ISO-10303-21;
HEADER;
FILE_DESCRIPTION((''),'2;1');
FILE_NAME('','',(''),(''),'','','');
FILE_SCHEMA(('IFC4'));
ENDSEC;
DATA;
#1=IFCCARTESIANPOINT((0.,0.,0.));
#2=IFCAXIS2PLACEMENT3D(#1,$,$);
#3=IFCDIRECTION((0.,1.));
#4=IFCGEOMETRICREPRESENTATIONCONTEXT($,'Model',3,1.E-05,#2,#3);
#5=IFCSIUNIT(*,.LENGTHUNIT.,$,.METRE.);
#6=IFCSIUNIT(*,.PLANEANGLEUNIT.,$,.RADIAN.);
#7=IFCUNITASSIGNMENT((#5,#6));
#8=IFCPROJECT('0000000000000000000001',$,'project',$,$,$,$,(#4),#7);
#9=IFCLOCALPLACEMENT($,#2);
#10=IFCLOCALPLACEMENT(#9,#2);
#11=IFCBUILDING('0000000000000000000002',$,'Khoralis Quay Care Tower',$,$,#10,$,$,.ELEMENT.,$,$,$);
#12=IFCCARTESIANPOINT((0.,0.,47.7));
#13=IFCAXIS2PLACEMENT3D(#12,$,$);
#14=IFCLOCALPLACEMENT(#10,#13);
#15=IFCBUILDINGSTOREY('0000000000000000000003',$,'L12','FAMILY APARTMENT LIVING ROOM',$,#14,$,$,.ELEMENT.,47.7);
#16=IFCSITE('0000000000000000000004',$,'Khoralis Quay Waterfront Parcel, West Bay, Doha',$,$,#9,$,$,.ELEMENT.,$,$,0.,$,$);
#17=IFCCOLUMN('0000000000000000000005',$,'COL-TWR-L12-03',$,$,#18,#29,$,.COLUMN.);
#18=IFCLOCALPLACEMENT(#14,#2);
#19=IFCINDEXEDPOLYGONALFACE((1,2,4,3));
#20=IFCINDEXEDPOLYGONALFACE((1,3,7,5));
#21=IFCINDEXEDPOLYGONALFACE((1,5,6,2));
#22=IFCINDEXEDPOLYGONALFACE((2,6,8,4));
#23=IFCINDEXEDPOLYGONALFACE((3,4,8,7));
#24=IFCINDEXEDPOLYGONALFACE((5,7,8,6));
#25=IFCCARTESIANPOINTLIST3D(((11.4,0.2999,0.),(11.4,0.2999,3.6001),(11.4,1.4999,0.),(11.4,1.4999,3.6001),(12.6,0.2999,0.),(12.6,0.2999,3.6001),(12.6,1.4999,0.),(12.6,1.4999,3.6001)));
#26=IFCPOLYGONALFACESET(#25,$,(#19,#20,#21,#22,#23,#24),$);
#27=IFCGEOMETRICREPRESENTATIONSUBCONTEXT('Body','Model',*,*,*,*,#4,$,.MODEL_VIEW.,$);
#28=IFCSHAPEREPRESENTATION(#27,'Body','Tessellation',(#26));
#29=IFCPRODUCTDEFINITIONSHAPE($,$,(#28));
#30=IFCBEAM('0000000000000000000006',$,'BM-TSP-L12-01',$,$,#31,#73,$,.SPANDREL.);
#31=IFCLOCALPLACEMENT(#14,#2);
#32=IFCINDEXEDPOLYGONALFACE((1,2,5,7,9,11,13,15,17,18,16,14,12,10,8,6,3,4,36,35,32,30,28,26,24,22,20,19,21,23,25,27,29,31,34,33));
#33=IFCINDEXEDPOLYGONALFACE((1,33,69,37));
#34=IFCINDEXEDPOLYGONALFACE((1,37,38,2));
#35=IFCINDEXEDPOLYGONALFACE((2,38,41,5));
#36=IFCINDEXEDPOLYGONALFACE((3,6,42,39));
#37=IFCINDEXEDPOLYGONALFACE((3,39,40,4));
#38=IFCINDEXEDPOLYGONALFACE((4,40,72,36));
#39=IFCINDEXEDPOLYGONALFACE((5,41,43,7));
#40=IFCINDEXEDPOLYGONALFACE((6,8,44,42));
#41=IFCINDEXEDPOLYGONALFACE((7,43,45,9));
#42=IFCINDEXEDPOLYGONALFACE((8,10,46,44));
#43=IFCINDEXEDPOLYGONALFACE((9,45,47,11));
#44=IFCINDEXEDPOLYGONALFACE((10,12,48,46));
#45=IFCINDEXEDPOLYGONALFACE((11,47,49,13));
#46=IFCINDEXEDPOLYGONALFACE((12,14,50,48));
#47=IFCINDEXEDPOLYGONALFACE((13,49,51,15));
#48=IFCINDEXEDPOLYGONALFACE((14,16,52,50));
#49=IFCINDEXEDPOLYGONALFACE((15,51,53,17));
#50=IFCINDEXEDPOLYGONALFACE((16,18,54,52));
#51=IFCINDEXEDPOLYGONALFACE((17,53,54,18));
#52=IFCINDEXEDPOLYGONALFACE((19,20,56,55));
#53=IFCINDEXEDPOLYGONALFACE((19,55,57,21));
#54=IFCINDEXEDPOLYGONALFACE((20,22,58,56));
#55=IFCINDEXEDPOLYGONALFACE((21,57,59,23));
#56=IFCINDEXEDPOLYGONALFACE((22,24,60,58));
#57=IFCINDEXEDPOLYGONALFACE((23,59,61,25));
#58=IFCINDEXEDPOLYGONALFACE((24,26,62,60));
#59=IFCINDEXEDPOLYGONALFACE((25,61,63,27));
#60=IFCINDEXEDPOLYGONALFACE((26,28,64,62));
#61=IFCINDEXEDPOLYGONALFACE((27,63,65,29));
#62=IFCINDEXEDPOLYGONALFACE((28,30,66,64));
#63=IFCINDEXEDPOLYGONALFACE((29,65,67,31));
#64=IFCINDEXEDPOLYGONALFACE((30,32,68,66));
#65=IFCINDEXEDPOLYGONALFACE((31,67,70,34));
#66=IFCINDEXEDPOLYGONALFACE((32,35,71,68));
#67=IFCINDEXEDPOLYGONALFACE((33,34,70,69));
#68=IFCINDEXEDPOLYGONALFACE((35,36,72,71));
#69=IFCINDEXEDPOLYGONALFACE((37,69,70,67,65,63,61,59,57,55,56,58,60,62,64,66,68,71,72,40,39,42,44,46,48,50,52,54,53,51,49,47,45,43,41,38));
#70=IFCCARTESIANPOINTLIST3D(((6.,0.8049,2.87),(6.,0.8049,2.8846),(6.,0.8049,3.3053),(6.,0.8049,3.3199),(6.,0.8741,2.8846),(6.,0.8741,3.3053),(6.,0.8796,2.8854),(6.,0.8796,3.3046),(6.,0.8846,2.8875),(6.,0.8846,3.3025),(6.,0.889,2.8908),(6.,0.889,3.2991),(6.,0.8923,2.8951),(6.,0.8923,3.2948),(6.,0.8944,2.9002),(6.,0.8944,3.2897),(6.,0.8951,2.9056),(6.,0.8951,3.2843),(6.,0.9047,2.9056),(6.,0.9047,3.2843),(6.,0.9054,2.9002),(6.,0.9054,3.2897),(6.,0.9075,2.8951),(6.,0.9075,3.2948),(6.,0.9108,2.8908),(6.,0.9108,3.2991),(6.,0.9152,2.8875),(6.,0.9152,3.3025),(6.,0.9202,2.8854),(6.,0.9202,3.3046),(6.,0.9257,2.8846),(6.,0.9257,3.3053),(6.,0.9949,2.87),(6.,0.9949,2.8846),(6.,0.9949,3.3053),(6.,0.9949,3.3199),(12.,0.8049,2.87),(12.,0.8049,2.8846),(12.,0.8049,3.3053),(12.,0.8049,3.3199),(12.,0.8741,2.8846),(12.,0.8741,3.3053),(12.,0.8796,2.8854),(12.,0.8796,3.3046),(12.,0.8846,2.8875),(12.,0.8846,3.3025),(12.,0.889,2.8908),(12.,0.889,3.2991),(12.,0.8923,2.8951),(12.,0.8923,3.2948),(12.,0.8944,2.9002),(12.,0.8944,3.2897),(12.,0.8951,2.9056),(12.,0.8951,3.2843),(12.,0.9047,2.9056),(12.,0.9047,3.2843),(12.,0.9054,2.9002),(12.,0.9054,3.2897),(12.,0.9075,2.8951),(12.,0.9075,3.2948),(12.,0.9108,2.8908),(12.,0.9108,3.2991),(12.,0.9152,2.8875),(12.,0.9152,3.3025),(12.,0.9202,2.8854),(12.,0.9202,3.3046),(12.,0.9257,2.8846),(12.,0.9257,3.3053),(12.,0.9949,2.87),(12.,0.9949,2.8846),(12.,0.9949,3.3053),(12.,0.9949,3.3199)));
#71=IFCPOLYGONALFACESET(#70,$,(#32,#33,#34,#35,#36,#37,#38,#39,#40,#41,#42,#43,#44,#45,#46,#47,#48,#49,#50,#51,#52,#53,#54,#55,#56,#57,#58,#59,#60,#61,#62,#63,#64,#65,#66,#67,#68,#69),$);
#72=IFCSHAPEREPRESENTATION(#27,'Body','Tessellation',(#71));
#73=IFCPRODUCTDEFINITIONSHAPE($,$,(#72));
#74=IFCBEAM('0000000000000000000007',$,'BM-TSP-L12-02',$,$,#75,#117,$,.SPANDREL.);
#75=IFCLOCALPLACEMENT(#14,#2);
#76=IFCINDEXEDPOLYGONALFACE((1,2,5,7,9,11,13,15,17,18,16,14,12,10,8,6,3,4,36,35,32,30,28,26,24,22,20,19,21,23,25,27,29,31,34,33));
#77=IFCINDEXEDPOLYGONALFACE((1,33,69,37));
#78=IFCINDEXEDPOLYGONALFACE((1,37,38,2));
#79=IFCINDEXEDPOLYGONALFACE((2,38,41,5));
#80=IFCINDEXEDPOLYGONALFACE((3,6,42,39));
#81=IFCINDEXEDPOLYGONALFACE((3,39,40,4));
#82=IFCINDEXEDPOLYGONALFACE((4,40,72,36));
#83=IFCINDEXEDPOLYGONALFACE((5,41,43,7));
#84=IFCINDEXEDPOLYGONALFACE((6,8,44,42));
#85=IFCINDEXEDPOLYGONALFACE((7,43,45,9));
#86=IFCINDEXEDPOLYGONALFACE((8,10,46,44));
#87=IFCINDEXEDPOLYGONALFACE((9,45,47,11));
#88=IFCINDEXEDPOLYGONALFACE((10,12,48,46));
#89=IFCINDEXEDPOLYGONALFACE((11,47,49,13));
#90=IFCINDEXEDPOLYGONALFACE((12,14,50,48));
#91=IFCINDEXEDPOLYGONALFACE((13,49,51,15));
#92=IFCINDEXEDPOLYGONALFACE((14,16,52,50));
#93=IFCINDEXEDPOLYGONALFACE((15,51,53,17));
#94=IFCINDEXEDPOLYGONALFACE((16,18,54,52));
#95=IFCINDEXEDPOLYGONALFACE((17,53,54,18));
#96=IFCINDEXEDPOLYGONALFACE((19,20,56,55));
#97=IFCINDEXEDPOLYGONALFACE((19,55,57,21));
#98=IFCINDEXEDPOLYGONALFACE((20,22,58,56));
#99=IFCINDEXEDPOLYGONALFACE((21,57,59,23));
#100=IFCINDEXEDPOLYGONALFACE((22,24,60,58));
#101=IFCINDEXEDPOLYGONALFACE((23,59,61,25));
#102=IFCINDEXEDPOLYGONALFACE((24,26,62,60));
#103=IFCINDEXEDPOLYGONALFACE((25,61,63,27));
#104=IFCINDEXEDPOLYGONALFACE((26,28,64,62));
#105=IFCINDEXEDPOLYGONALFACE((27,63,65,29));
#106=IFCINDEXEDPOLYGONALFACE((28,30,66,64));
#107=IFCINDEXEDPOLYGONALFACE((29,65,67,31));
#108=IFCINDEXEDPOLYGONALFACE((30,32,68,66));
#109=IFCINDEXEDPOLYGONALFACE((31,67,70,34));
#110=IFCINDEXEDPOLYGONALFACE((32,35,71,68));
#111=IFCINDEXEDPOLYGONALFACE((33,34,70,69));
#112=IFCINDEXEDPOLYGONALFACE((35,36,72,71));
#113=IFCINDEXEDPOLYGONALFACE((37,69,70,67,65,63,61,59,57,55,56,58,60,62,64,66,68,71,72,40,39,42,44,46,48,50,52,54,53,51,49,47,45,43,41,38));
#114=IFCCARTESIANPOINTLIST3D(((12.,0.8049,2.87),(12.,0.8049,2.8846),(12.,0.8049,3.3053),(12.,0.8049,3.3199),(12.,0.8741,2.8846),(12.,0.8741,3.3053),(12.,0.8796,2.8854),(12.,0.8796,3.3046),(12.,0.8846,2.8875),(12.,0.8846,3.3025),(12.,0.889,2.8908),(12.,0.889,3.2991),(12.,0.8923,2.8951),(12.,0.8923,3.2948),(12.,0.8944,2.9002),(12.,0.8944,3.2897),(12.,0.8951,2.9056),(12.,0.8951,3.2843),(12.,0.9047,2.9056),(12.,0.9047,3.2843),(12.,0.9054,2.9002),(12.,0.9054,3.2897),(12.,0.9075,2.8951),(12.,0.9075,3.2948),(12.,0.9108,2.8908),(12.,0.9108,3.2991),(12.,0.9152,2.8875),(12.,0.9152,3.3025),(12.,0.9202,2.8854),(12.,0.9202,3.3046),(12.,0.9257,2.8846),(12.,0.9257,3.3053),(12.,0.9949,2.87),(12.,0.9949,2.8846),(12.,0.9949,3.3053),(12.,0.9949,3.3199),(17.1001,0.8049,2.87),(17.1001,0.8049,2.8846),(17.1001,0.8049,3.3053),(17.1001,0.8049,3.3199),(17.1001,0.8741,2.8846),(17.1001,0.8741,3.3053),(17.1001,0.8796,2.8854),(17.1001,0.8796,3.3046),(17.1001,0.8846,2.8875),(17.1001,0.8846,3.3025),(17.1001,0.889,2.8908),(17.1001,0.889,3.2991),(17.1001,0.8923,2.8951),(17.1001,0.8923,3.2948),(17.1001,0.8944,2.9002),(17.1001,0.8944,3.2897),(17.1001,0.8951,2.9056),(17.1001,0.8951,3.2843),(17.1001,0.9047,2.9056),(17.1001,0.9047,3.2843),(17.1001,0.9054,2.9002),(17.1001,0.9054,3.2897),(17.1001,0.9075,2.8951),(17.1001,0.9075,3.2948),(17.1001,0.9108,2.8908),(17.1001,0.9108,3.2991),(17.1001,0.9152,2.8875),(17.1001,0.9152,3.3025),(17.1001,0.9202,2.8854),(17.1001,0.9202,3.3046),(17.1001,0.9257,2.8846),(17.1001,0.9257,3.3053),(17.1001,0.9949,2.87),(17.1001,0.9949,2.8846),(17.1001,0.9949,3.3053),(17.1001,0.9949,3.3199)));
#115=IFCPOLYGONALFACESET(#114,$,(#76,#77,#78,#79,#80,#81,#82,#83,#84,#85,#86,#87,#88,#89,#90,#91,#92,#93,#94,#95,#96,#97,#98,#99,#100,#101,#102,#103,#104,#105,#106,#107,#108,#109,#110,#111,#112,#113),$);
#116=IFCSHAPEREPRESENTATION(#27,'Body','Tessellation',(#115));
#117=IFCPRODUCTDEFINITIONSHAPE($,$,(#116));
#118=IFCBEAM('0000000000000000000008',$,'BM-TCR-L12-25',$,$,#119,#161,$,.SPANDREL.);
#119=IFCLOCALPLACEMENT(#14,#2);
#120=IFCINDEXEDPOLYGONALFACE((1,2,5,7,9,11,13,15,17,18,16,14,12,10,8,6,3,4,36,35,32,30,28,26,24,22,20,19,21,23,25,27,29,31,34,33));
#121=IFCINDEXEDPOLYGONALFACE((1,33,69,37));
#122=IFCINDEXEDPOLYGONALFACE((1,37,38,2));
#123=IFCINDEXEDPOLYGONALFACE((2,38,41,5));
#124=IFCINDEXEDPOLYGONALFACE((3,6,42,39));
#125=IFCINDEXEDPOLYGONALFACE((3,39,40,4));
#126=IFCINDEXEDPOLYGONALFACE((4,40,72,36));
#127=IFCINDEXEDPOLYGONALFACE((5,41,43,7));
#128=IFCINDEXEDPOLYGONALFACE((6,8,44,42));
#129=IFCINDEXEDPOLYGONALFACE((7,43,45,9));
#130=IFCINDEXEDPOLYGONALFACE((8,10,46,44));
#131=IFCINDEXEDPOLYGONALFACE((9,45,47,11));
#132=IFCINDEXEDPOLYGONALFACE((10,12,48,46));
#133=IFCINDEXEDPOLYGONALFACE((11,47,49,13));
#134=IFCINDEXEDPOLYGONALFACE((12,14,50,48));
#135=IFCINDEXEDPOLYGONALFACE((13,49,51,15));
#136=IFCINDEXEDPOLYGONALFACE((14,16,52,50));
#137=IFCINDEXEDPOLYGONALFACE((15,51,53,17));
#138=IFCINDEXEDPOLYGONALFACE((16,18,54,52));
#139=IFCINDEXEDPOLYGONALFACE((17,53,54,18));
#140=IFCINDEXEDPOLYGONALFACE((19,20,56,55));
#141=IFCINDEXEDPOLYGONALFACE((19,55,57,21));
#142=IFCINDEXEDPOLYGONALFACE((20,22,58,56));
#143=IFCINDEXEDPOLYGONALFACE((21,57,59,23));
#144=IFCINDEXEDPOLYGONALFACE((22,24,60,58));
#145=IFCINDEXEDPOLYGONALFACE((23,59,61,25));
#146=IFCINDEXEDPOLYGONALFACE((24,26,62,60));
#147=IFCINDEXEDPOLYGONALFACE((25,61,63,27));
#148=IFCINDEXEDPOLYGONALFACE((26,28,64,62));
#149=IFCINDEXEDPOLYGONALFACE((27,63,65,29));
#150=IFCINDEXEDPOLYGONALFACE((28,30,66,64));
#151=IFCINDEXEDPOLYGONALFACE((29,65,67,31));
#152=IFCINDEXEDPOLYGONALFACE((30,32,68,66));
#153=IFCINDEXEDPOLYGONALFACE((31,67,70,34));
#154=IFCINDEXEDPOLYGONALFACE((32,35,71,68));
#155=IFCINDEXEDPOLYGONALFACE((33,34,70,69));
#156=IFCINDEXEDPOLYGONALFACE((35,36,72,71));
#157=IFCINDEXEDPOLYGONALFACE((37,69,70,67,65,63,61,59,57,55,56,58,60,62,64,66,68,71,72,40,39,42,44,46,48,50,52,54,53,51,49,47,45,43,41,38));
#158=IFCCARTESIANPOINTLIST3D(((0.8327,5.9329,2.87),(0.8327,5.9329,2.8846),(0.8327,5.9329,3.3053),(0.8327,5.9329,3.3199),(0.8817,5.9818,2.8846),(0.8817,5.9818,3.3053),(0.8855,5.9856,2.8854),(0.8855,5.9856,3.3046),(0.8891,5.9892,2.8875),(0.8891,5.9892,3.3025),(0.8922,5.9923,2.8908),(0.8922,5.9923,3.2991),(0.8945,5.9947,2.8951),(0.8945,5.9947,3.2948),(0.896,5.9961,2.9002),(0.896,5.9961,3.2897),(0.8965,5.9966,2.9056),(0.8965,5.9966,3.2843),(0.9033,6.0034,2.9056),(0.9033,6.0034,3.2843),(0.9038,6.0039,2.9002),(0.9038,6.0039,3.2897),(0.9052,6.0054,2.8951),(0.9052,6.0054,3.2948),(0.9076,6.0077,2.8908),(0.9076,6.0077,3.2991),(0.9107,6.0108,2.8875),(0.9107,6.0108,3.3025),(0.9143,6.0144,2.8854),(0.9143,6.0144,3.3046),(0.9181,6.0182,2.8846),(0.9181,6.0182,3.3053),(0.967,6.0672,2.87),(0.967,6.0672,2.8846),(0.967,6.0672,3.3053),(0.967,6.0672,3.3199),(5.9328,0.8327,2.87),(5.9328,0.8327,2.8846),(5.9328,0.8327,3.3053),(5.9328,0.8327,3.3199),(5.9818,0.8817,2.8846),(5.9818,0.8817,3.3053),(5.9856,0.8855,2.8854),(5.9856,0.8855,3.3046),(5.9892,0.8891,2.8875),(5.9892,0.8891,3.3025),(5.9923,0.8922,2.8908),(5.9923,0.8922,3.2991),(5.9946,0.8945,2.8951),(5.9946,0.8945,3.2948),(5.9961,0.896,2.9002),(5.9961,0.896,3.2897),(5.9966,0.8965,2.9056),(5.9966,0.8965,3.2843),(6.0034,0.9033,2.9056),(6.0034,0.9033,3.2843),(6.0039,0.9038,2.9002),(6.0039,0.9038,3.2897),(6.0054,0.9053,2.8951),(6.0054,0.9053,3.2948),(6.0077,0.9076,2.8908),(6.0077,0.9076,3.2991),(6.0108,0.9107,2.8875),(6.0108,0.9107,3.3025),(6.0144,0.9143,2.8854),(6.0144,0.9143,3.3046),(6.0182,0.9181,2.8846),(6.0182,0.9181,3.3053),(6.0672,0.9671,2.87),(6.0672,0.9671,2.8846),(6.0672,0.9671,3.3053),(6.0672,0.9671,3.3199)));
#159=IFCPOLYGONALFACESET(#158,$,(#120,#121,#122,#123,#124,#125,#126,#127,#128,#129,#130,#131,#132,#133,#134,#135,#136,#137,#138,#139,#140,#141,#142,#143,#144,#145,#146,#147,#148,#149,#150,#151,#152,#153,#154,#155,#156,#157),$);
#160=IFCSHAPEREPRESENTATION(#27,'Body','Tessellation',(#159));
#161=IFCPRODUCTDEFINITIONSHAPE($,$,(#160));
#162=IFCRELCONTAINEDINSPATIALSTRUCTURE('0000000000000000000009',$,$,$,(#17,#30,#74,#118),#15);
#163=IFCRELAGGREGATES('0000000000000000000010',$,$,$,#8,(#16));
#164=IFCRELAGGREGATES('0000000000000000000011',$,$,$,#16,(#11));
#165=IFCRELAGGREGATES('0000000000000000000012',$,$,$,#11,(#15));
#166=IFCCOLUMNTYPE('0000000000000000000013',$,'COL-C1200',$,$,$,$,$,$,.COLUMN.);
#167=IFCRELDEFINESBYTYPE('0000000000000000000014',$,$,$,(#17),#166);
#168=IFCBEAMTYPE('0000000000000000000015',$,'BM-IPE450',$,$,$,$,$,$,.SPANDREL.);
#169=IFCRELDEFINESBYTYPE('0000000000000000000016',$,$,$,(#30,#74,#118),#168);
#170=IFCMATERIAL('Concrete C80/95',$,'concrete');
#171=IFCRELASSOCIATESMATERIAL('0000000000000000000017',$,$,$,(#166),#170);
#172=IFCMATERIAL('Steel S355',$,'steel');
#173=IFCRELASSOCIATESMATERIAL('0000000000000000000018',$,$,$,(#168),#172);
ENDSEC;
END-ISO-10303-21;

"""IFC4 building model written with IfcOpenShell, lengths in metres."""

from ifc_helpers import new_model, si_unit, direction, frame, origin, origin_2d, place, context, subcontext, project, spatial, rectangle, i_section, extrude, source, transform, mapped, material, material_profile, profile_set, type_object, element, save


model = new_model("IFC4")

# Units and contexts
model_context = context("Model", 3, precision=1e-05, world=origin(), true_north=direction((0.0, 1.0)))
body_context = subcontext(model_context, "Body", "Model", "MODEL_VIEW")
ifc_project = project(units=[si_unit("LENGTHUNIT", "METRE"), si_unit("PLANEANGLEUNIT", "RADIAN")], contexts=[model_context])

# Site, building, storey
site_placement = place(None, origin())
site = spatial("IfcSite", under=ifc_project, at=site_placement, Name="Khoralis Quay Waterfront Parcel, West Bay, Doha", CompositionType="ELEMENT", RefElevation=0.0)
building_placement = place(site_placement, origin())
building = spatial("IfcBuilding", under=site, at=building_placement, Name="Khoralis Quay Care Tower", CompositionType="ELEMENT")
storey_placement = place(building_placement, frame((0.0, 0.0, 47.7)))
storey = spatial("IfcBuildingStorey", under=building, at=storey_placement, Name="L12", Description="FAMILY APARTMENT LIVING ROOM", CompositionType="ELEMENT", Elevation=47.7)

# Column
ifc_material_1 = material(Name="Concrete C80/95", Category="concrete")
ifc_material_profile_1 = material_profile(ifc_material_1, rectangle(XDim=1.2, YDim=1.2, at=origin_2d()), Name="Concrete C80/95")
ifc_profile_set_1 = profile_set([ifc_material_profile_1], Name="Concrete C80/95")
column_type = type_object("IfcColumnType", Name="COL-C1200", PredefinedType="COLUMN", material=ifc_profile_set_1)
shared_shape_1 = source(origin(), body_context, "Body", "SweptSolid", [
    extrude(rectangle(XDim=1.2, YDim=1.2, at=origin_2d()), origin(), (0.0, 0.0, 1.0), 3.6001),
])
column_placement = place(storey_placement, frame((12.0, 0.8999, 0.0), z_axis=(0.0, 0.0, 1.0), x_axis=(1.0, 0.0, 0.0)))
element("IfcColumn", 1, at=column_placement, inside=storey, type_object=column_type, Name="COL-TWR-L12-03", PredefinedType="COLUMN", context=body_context, shape_type="MappedRepresentation", body=[
    mapped(shared_shape_1, transform((0.0, 0.0, 0.0), scale=1.0)),
])

# Beams
ifc_material_2 = material(Name="Steel S355", Category="steel")
ifc_material_profile_2 = material_profile(ifc_material_2, i_section(OverallWidth=0.1899, OverallDepth=0.45, WebThickness=0.0095, FlangeThickness=0.0146, FilletRadius=0.021, at=origin_2d()), Name="Steel S355")
ifc_profile_set_2 = profile_set([ifc_material_profile_2], Name="Steel S355")
beam_type_1 = type_object("IfcBeamType", Name="BM-IPE450", PredefinedType="SPANDREL", material=ifc_profile_set_2)
shared_shape_2 = source(origin(), body_context, "Body", "SweptSolid", [
    extrude(i_section(OverallWidth=0.1899, OverallDepth=0.45, WebThickness=0.0095, FlangeThickness=0.0146, FilletRadius=0.021, at=origin_2d()), origin(), (0.0, 0.0, 1.0), 6.0),
])
beam_1_placement = place(storey_placement, frame((6.0, 0.8999, 3.095), z_axis=(1.0, 0.0, 0.0), x_axis=(0.0, 1.0, 0.0)))
element("IfcBeam", 2, at=beam_1_placement, inside=storey, type_object=beam_type_1, Name="BM-TSP-L12-01", PredefinedType="SPANDREL", context=body_context, shape_type="MappedRepresentation", body=[
    mapped(shared_shape_2, transform((0.0, 0.0, 0.0), scale=1.0)),
])
shared_shape_3 = source(origin(), body_context, "Body", "SweptSolid", [
    extrude(i_section(OverallWidth=0.1899, OverallDepth=0.45, WebThickness=0.0095, FlangeThickness=0.0146, FilletRadius=0.021, at=origin_2d()), origin(), (0.0, 0.0, 1.0), 5.1001),
])
beam_2_placement = place(storey_placement, frame((12.0, 0.8999, 3.095), z_axis=(1.0, 0.0, 0.0), x_axis=(0.0, 1.0, 0.0)))
element("IfcBeam", 3, at=beam_2_placement, inside=storey, type_object=beam_type_1, Name="BM-TSP-L12-02", PredefinedType="SPANDREL", context=body_context, shape_type="MappedRepresentation", body=[
    mapped(shared_shape_3, transform((0.0, 0.0, 0.0), scale=1.0)),
])
shared_shape_4 = source(origin(), body_context, "Body", "SweptSolid", [
    extrude(i_section(OverallWidth=0.1899, OverallDepth=0.45, WebThickness=0.0095, FlangeThickness=0.0146, FilletRadius=0.021, at=origin_2d()), origin(), (0.0, 0.0, 1.0), 7.2126),
])
beam_3_placement = place(storey_placement, frame((6.0, 0.8999, 3.095), z_axis=(-0.707107, 0.707107, 0.0), x_axis=(-0.707107, -0.707107, 0.0)))
element("IfcBeam", 4, at=beam_3_placement, inside=storey, type_object=beam_type_1, Name="BM-TCR-L12-25", PredefinedType="SPANDREL", context=body_context, shape_type="MappedRepresentation", body=[
    mapped(shared_shape_4, transform((0.0, 0.0, 0.0), scale=1.0)),
])

save(model, "model.ifc")
